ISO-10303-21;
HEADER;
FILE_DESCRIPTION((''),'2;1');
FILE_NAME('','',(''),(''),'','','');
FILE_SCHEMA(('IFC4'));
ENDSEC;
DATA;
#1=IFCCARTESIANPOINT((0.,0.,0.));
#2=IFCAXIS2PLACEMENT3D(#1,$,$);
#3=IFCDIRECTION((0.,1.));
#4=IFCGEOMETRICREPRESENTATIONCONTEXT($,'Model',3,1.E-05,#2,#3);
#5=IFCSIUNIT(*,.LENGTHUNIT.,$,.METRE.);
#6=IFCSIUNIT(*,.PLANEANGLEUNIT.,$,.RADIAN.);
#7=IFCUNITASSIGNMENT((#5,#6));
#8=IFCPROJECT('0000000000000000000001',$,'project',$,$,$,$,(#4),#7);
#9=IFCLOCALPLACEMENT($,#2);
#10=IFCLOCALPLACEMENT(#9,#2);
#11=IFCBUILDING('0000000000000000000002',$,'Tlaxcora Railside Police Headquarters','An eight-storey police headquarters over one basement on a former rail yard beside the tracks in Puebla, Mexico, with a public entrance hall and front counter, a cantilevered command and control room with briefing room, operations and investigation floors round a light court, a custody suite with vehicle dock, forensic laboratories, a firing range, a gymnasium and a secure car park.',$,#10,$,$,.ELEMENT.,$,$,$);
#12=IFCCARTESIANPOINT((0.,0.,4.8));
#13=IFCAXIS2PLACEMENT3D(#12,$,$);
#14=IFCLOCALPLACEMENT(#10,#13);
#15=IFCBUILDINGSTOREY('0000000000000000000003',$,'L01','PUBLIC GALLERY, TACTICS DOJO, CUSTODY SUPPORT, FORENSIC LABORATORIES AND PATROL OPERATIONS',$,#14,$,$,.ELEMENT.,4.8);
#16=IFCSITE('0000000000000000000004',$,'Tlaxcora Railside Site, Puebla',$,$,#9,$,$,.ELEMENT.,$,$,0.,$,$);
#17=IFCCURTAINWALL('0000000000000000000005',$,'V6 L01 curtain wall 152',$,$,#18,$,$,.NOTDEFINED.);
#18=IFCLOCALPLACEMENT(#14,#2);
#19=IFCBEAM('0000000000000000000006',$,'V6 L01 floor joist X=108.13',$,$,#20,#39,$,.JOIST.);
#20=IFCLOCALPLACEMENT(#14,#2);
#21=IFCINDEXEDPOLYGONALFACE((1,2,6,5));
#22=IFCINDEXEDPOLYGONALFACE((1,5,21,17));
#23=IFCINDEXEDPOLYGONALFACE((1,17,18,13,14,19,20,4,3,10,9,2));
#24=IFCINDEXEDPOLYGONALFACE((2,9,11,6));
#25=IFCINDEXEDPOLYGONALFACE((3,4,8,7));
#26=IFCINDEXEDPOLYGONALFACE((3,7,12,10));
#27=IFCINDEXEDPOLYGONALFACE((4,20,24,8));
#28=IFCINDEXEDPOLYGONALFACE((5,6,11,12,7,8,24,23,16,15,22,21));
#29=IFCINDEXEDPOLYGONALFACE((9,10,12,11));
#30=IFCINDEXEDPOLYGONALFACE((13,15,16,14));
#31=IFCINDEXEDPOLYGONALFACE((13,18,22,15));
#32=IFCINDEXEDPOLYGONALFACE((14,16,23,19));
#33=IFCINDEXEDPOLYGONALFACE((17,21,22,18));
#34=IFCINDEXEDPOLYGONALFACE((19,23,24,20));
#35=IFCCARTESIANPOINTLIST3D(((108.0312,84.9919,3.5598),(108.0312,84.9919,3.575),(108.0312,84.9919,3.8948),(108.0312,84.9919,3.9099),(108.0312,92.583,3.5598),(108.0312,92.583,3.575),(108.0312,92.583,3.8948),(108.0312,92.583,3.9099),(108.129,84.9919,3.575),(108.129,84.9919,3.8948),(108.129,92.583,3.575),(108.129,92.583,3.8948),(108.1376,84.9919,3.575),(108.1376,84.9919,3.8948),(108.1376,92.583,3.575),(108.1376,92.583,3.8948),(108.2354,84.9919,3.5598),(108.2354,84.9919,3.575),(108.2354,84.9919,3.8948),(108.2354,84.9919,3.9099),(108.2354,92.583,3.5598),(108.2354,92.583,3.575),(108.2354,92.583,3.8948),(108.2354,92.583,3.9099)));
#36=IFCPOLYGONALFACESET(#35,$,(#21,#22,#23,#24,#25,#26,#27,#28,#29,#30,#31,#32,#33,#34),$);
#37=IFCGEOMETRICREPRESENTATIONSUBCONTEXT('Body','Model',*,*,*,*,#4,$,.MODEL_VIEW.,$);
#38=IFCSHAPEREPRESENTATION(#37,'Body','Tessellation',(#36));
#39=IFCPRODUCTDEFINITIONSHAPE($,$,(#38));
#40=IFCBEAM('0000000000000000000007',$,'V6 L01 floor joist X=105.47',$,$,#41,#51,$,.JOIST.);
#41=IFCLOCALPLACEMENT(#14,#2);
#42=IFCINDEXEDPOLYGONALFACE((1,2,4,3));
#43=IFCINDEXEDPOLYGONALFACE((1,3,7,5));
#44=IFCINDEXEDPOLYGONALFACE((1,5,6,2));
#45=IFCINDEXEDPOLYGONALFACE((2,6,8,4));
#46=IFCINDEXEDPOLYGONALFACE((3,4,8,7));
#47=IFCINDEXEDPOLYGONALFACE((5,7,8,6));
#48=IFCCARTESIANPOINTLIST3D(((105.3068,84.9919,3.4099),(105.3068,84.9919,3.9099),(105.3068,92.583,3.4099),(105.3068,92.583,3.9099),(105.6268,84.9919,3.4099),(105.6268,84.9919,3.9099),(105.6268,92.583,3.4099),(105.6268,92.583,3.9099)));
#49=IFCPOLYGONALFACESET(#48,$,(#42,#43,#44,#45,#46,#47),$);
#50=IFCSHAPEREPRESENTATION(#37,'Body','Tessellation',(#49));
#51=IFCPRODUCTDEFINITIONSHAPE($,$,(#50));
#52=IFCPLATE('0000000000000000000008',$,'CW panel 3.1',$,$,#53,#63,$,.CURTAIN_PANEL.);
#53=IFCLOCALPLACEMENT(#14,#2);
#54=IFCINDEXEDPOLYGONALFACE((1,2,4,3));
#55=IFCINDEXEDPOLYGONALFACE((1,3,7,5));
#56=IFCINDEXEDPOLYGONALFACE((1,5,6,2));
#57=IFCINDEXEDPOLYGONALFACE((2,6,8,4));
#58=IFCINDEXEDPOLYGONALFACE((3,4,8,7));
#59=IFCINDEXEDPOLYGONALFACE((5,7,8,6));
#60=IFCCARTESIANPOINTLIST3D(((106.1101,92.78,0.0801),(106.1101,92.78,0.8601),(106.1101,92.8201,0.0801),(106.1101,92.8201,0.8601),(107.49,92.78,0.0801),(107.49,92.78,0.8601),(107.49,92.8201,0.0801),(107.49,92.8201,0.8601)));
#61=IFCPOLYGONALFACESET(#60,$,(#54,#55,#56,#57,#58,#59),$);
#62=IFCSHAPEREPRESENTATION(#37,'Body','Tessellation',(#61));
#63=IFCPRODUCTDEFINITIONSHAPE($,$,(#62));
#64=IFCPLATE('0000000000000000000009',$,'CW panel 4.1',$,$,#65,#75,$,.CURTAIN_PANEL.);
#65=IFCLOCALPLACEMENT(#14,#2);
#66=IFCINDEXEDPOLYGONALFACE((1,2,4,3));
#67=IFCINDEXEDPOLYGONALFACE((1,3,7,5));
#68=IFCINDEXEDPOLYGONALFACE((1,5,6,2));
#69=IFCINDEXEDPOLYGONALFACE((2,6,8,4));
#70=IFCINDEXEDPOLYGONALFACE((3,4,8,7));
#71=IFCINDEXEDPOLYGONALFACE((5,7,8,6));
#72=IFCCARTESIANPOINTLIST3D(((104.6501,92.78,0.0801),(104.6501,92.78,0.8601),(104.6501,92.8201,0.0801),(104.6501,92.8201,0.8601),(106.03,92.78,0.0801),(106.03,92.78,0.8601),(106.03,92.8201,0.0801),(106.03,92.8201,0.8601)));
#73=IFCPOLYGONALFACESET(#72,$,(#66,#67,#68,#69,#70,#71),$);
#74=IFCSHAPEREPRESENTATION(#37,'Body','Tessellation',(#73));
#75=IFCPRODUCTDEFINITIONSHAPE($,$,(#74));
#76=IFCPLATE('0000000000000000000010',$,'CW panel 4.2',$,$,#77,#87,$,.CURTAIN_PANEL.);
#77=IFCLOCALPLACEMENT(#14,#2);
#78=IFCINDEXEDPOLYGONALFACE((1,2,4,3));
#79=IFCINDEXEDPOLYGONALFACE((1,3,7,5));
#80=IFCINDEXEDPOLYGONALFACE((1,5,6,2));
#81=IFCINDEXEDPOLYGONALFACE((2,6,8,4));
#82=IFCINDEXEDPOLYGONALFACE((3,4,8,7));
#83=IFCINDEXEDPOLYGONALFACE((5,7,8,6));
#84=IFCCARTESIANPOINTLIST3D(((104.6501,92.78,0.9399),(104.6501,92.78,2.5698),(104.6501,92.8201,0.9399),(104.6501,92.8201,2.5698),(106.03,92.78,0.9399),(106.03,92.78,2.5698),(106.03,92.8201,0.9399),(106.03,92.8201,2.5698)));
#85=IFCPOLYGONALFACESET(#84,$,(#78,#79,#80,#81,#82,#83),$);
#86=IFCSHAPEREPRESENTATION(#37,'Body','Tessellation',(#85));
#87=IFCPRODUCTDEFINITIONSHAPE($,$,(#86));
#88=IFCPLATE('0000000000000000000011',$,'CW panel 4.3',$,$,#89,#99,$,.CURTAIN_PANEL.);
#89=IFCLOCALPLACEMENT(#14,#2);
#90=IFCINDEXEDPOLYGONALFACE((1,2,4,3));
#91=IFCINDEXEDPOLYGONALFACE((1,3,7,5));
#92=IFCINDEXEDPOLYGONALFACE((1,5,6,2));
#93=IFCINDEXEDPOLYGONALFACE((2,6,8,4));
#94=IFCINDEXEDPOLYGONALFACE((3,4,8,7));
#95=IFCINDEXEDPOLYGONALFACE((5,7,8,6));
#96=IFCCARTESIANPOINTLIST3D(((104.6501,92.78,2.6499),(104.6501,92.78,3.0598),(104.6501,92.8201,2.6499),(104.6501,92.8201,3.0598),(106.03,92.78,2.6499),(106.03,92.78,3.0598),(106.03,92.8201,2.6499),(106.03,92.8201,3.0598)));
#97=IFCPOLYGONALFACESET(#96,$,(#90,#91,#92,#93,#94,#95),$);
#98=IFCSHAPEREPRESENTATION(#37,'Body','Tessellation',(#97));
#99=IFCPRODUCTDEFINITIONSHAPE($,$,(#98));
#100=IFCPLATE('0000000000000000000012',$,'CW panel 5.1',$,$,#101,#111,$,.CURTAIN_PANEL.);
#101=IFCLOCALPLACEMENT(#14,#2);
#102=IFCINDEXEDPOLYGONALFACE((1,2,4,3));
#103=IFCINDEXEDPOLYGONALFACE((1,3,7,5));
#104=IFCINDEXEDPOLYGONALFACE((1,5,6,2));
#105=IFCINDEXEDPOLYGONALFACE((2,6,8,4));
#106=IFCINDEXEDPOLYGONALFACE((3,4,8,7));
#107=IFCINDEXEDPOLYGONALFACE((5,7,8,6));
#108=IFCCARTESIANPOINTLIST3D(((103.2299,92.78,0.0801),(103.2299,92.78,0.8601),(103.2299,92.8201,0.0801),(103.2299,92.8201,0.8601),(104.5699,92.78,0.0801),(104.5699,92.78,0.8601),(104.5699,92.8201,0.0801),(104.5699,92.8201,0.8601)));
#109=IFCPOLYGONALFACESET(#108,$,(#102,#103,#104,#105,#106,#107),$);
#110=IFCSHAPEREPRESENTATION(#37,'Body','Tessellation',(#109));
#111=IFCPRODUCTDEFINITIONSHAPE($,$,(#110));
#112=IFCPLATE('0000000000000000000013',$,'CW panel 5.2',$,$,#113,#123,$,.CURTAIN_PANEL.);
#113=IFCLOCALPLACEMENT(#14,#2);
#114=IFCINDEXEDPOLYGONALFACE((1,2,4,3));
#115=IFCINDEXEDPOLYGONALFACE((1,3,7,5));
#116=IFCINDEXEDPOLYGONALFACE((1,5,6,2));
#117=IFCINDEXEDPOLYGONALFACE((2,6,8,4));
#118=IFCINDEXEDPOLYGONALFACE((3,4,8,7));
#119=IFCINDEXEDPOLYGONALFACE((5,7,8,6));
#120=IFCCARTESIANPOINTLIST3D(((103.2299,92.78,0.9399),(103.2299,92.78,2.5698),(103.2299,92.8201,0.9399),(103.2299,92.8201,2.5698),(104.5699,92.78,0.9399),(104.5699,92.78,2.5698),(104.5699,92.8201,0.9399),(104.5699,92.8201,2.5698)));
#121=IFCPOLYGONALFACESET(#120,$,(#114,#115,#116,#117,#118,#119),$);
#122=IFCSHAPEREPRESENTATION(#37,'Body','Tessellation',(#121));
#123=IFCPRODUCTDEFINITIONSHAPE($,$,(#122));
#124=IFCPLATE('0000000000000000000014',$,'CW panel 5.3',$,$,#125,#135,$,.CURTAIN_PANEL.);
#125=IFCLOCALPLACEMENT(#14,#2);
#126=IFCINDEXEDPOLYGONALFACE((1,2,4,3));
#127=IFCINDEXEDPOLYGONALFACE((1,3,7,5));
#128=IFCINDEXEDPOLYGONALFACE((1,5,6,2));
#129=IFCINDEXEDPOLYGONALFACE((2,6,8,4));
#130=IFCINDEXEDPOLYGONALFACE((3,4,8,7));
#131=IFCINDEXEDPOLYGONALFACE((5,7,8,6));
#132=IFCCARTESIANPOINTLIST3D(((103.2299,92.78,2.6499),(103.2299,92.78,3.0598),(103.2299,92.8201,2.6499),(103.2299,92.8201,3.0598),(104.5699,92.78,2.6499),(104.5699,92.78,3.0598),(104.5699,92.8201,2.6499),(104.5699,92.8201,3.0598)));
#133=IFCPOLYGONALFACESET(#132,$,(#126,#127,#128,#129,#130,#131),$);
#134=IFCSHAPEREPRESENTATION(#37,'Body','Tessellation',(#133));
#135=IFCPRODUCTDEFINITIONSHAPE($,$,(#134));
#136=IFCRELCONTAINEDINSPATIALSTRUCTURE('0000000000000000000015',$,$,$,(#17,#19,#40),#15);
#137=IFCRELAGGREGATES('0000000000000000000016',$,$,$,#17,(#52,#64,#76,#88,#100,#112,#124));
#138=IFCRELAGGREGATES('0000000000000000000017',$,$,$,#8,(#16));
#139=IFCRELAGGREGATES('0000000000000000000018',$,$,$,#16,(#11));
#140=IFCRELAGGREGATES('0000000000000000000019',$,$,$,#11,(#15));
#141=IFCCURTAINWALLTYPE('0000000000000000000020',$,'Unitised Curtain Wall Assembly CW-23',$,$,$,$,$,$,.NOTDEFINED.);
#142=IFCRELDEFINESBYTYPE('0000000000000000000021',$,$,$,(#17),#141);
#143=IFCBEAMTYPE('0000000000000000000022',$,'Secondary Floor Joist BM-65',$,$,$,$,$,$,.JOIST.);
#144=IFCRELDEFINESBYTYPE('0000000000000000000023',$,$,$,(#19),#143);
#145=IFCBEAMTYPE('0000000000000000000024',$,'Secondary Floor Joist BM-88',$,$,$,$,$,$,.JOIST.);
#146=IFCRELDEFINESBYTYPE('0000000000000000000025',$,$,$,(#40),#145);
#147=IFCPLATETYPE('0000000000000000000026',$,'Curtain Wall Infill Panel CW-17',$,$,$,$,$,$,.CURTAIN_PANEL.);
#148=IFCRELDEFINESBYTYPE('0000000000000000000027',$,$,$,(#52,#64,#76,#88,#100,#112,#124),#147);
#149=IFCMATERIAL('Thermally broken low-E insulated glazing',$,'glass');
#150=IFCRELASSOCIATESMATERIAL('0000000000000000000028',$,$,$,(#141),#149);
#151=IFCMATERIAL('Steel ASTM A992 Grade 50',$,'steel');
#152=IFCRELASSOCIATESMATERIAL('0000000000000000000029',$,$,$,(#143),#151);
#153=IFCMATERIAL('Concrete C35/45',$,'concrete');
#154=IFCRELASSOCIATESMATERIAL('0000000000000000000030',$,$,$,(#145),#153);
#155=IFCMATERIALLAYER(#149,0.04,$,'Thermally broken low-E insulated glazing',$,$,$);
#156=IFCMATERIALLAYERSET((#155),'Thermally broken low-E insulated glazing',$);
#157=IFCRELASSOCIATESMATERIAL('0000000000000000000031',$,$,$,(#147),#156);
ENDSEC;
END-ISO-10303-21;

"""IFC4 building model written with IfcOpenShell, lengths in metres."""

from ifc_helpers import new_model, si_unit, direction, frame, origin, origin_2d, place, context, subcontext, project, spatial, rectangle, i_section, extrude, material, layer, layer_set, material_profile, profile_set, type_object, element, aggregate, save


model = new_model("IFC4")

# Units and contexts
model_context = context("Model", 3, precision=1e-05, world=origin(), true_north=direction((0.0, 1.0)))
body_context = subcontext(model_context, "Body", "Model", "MODEL_VIEW")
ifc_project = project(units=[si_unit("LENGTHUNIT", "METRE"), si_unit("PLANEANGLEUNIT", "RADIAN")], contexts=[model_context])

# Site, building, storey
site_placement = place(None, origin())
site = spatial("IfcSite", under=ifc_project, at=site_placement, Name="Tlaxcora Railside Site, Puebla", CompositionType="ELEMENT", RefElevation=0.0)
building_placement = place(site_placement, origin())
building = spatial("IfcBuilding", under=site, at=building_placement, Name="Tlaxcora Railside Police Headquarters", Description="An eight-storey police headquarters over one basement on a former rail yard beside the tracks in Puebla, Mexico, with a public entrance hall and front counter, a cantilevered command and control room with briefing room, operations and investigation floors round a light court, a custody suite with vehicle dock, forensic laboratories, a firing range, a gymnasium and a secure car park.", CompositionType="ELEMENT")
storey_placement = place(building_placement, frame((0.0, 0.0, 4.8)))
storey = spatial("IfcBuildingStorey", under=building, at=storey_placement, Name="L01", Description="PUBLIC GALLERY, TACTICS DOJO, CUSTODY SUPPORT, FORENSIC LABORATORIES AND PATROL OPERATIONS", CompositionType="ELEMENT", Elevation=4.8)

# Curtain wall
ifc_material_1 = material(Name="Thermally broken low-E insulated glazing", Category="glass")
curtain_wall_type = type_object("IfcCurtainWallType", Name="Unitised Curtain Wall Assembly CW-23", PredefinedType="NOTDEFINED", material=ifc_material_1)
curtain_wall_placement = place(storey_placement, origin())
curtain_wall = element("IfcCurtainWall", 1, at=curtain_wall_placement, inside=storey, type_object=curtain_wall_type, Name="V6 L01 curtain wall 152", PredefinedType="NOTDEFINED")

# Beams
ifc_material_2 = material(Name="Steel ASTM A992 Grade 50", Category="steel")
ifc_material_profile_1 = material_profile(ifc_material_2, i_section(OverallWidth=0.2041, OverallDepth=0.3501, WebThickness=0.0085, FlangeThickness=0.0151, at=origin_2d()), Name="W14X48")
ifc_profile_set_1 = profile_set([ifc_material_profile_1], Name="Steel ASTM A992 Grade 50")
beam_type_1 = type_object("IfcBeamType", Name="Secondary Floor Joist BM-65", PredefinedType="JOIST", material=ifc_profile_set_1)
beam_1_placement = place(storey_placement, frame((108.1333, 84.9919, 3.7349), z_axis=(0.0, 1.0, 0.0), x_axis=(-1.0, 0.0, 0.0)))
element("IfcBeam", 2, at=beam_1_placement, inside=storey, type_object=beam_type_1, Name="V6 L01 floor joist X=108.13", PredefinedType="JOIST", context=body_context, shape_type="SweptSolid", body=[
    extrude(i_section(OverallWidth=0.2041, OverallDepth=0.3501, WebThickness=0.0085, FlangeThickness=0.0151, at=origin_2d()), origin(), (0.0, 0.0, 1.0), 7.5911),
])
ifc_material_3 = material(Name="Concrete C35/45", Category="concrete")
ifc_material_profile_2 = material_profile(ifc_material_3, rectangle(XDim=0.3201, YDim=0.5, at=origin_2d()), Name="RC320X500")
ifc_profile_set_2 = profile_set([ifc_material_profile_2], Name="Concrete C35/45")
beam_type_2 = type_object("IfcBeamType", Name="Secondary Floor Joist BM-88", PredefinedType="JOIST", material=ifc_profile_set_2)
beam_2_placement = place(storey_placement, frame((105.4668, 84.9919, 3.6599), z_axis=(0.0, 1.0, 0.0), x_axis=(-1.0, 0.0, 0.0)))
element("IfcBeam", 3, at=beam_2_placement, inside=storey, type_object=beam_type_2, Name="V6 L01 floor joist X=105.47", PredefinedType="JOIST", context=body_context, shape_type="SweptSolid", body=[
    extrude(rectangle(XDim=0.3201, YDim=0.5, at=origin_2d()), origin(), (0.0, 0.0, 1.0), 7.5911),
])

# Plates
ifc_layer = layer(ifc_material_1, 0.04, Name="Thermally broken low-E insulated glazing")
ifc_layer_set = layer_set([ifc_layer], Name="Thermally broken low-E insulated glazing")
plate_type = type_object("IfcPlateType", Name="Curtain Wall Infill Panel CW-17", PredefinedType="CURTAIN_PANEL", material=ifc_layer_set)
plate_1_placement = place(storey_placement, frame((106.8, 92.8, 0.0801), z_axis=(0.0, 0.0, 1.0), x_axis=(-1.0, 0.0, 0.0)))
plate_1 = element("IfcPlate", 4, at=plate_1_placement, type_object=plate_type, Name="CW panel 3.1", PredefinedType="CURTAIN_PANEL", context=body_context, shape_type="SweptSolid", body=[
    extrude(rectangle(XDim=1.3799, YDim=0.04, at=origin_2d()), origin(), (0.0, 0.0, 1.0), 0.78),
])
plate_2_placement = place(storey_placement, frame((105.3401, 92.8, 0.0801), z_axis=(0.0, 0.0, 1.0), x_axis=(-1.0, 0.0, 0.0)))
plate_2 = element("IfcPlate", 5, at=plate_2_placement, type_object=plate_type, Name="CW panel 4.1", PredefinedType="CURTAIN_PANEL", context=body_context, shape_type="SweptSolid", body=[
    extrude(rectangle(XDim=1.3799, YDim=0.04, at=origin_2d()), origin(), (0.0, 0.0, 1.0), 0.78),
])
plate_3_placement = place(storey_placement, frame((105.3401, 92.8, 0.9399), z_axis=(0.0, 0.0, 1.0), x_axis=(-1.0, 0.0, 0.0)))
plate_3 = element("IfcPlate", 6, at=plate_3_placement, type_object=plate_type, Name="CW panel 4.2", PredefinedType="CURTAIN_PANEL", context=body_context, shape_type="SweptSolid", body=[
    extrude(rectangle(XDim=1.3799, YDim=0.04, at=origin_2d()), origin(), (0.0, 0.0, 1.0), 1.6299),
])
plate_4_placement = place(storey_placement, frame((105.3401, 92.8, 2.6499), z_axis=(0.0, 0.0, 1.0), x_axis=(-1.0, 0.0, 0.0)))
plate_4 = element("IfcPlate", 7, at=plate_4_placement, type_object=plate_type, Name="CW panel 4.3", PredefinedType="CURTAIN_PANEL", context=body_context, shape_type="SweptSolid", body=[
    extrude(rectangle(XDim=1.3799, YDim=0.04, at=origin_2d()), origin(), (0.0, 0.0, 1.0), 0.4099),
])
plate_5_placement = place(storey_placement, frame((103.8999, 92.8, 0.0801), z_axis=(0.0, 0.0, 1.0), x_axis=(-1.0, 0.0, 0.0)))
plate_5 = element("IfcPlate", 8, at=plate_5_placement, type_object=plate_type, Name="CW panel 5.1", PredefinedType="CURTAIN_PANEL", context=body_context, shape_type="SweptSolid", body=[
    extrude(rectangle(XDim=1.3401, YDim=0.04, at=origin_2d()), origin(), (0.0, 0.0, 1.0), 0.78),
])
plate_6_placement = place(storey_placement, frame((103.8999, 92.8, 0.9399), z_axis=(0.0, 0.0, 1.0), x_axis=(-1.0, 0.0, 0.0)))
plate_6 = element("IfcPlate", 9, at=plate_6_placement, type_object=plate_type, Name="CW panel 5.2", PredefinedType="CURTAIN_PANEL", context=body_context, shape_type="SweptSolid", body=[
    extrude(rectangle(XDim=1.3401, YDim=0.04, at=origin_2d()), origin(), (0.0, 0.0, 1.0), 1.6299),
])
plate_7_placement = place(storey_placement, frame((103.8999, 92.8, 2.6499), z_axis=(0.0, 0.0, 1.0), x_axis=(-1.0, 0.0, 0.0)))
plate_7 = element("IfcPlate", 10, at=plate_7_placement, type_object=plate_type, Name="CW panel 5.3", PredefinedType="CURTAIN_PANEL", context=body_context, shape_type="SweptSolid", body=[
    extrude(rectangle(XDim=1.3401, YDim=0.04, at=origin_2d()), origin(), (0.0, 0.0, 1.0), 0.4099),
])
aggregate(curtain_wall, [plate_1, plate_2, plate_3, plate_4, plate_5, plate_6, plate_7])

save(model, "model.ifc")
